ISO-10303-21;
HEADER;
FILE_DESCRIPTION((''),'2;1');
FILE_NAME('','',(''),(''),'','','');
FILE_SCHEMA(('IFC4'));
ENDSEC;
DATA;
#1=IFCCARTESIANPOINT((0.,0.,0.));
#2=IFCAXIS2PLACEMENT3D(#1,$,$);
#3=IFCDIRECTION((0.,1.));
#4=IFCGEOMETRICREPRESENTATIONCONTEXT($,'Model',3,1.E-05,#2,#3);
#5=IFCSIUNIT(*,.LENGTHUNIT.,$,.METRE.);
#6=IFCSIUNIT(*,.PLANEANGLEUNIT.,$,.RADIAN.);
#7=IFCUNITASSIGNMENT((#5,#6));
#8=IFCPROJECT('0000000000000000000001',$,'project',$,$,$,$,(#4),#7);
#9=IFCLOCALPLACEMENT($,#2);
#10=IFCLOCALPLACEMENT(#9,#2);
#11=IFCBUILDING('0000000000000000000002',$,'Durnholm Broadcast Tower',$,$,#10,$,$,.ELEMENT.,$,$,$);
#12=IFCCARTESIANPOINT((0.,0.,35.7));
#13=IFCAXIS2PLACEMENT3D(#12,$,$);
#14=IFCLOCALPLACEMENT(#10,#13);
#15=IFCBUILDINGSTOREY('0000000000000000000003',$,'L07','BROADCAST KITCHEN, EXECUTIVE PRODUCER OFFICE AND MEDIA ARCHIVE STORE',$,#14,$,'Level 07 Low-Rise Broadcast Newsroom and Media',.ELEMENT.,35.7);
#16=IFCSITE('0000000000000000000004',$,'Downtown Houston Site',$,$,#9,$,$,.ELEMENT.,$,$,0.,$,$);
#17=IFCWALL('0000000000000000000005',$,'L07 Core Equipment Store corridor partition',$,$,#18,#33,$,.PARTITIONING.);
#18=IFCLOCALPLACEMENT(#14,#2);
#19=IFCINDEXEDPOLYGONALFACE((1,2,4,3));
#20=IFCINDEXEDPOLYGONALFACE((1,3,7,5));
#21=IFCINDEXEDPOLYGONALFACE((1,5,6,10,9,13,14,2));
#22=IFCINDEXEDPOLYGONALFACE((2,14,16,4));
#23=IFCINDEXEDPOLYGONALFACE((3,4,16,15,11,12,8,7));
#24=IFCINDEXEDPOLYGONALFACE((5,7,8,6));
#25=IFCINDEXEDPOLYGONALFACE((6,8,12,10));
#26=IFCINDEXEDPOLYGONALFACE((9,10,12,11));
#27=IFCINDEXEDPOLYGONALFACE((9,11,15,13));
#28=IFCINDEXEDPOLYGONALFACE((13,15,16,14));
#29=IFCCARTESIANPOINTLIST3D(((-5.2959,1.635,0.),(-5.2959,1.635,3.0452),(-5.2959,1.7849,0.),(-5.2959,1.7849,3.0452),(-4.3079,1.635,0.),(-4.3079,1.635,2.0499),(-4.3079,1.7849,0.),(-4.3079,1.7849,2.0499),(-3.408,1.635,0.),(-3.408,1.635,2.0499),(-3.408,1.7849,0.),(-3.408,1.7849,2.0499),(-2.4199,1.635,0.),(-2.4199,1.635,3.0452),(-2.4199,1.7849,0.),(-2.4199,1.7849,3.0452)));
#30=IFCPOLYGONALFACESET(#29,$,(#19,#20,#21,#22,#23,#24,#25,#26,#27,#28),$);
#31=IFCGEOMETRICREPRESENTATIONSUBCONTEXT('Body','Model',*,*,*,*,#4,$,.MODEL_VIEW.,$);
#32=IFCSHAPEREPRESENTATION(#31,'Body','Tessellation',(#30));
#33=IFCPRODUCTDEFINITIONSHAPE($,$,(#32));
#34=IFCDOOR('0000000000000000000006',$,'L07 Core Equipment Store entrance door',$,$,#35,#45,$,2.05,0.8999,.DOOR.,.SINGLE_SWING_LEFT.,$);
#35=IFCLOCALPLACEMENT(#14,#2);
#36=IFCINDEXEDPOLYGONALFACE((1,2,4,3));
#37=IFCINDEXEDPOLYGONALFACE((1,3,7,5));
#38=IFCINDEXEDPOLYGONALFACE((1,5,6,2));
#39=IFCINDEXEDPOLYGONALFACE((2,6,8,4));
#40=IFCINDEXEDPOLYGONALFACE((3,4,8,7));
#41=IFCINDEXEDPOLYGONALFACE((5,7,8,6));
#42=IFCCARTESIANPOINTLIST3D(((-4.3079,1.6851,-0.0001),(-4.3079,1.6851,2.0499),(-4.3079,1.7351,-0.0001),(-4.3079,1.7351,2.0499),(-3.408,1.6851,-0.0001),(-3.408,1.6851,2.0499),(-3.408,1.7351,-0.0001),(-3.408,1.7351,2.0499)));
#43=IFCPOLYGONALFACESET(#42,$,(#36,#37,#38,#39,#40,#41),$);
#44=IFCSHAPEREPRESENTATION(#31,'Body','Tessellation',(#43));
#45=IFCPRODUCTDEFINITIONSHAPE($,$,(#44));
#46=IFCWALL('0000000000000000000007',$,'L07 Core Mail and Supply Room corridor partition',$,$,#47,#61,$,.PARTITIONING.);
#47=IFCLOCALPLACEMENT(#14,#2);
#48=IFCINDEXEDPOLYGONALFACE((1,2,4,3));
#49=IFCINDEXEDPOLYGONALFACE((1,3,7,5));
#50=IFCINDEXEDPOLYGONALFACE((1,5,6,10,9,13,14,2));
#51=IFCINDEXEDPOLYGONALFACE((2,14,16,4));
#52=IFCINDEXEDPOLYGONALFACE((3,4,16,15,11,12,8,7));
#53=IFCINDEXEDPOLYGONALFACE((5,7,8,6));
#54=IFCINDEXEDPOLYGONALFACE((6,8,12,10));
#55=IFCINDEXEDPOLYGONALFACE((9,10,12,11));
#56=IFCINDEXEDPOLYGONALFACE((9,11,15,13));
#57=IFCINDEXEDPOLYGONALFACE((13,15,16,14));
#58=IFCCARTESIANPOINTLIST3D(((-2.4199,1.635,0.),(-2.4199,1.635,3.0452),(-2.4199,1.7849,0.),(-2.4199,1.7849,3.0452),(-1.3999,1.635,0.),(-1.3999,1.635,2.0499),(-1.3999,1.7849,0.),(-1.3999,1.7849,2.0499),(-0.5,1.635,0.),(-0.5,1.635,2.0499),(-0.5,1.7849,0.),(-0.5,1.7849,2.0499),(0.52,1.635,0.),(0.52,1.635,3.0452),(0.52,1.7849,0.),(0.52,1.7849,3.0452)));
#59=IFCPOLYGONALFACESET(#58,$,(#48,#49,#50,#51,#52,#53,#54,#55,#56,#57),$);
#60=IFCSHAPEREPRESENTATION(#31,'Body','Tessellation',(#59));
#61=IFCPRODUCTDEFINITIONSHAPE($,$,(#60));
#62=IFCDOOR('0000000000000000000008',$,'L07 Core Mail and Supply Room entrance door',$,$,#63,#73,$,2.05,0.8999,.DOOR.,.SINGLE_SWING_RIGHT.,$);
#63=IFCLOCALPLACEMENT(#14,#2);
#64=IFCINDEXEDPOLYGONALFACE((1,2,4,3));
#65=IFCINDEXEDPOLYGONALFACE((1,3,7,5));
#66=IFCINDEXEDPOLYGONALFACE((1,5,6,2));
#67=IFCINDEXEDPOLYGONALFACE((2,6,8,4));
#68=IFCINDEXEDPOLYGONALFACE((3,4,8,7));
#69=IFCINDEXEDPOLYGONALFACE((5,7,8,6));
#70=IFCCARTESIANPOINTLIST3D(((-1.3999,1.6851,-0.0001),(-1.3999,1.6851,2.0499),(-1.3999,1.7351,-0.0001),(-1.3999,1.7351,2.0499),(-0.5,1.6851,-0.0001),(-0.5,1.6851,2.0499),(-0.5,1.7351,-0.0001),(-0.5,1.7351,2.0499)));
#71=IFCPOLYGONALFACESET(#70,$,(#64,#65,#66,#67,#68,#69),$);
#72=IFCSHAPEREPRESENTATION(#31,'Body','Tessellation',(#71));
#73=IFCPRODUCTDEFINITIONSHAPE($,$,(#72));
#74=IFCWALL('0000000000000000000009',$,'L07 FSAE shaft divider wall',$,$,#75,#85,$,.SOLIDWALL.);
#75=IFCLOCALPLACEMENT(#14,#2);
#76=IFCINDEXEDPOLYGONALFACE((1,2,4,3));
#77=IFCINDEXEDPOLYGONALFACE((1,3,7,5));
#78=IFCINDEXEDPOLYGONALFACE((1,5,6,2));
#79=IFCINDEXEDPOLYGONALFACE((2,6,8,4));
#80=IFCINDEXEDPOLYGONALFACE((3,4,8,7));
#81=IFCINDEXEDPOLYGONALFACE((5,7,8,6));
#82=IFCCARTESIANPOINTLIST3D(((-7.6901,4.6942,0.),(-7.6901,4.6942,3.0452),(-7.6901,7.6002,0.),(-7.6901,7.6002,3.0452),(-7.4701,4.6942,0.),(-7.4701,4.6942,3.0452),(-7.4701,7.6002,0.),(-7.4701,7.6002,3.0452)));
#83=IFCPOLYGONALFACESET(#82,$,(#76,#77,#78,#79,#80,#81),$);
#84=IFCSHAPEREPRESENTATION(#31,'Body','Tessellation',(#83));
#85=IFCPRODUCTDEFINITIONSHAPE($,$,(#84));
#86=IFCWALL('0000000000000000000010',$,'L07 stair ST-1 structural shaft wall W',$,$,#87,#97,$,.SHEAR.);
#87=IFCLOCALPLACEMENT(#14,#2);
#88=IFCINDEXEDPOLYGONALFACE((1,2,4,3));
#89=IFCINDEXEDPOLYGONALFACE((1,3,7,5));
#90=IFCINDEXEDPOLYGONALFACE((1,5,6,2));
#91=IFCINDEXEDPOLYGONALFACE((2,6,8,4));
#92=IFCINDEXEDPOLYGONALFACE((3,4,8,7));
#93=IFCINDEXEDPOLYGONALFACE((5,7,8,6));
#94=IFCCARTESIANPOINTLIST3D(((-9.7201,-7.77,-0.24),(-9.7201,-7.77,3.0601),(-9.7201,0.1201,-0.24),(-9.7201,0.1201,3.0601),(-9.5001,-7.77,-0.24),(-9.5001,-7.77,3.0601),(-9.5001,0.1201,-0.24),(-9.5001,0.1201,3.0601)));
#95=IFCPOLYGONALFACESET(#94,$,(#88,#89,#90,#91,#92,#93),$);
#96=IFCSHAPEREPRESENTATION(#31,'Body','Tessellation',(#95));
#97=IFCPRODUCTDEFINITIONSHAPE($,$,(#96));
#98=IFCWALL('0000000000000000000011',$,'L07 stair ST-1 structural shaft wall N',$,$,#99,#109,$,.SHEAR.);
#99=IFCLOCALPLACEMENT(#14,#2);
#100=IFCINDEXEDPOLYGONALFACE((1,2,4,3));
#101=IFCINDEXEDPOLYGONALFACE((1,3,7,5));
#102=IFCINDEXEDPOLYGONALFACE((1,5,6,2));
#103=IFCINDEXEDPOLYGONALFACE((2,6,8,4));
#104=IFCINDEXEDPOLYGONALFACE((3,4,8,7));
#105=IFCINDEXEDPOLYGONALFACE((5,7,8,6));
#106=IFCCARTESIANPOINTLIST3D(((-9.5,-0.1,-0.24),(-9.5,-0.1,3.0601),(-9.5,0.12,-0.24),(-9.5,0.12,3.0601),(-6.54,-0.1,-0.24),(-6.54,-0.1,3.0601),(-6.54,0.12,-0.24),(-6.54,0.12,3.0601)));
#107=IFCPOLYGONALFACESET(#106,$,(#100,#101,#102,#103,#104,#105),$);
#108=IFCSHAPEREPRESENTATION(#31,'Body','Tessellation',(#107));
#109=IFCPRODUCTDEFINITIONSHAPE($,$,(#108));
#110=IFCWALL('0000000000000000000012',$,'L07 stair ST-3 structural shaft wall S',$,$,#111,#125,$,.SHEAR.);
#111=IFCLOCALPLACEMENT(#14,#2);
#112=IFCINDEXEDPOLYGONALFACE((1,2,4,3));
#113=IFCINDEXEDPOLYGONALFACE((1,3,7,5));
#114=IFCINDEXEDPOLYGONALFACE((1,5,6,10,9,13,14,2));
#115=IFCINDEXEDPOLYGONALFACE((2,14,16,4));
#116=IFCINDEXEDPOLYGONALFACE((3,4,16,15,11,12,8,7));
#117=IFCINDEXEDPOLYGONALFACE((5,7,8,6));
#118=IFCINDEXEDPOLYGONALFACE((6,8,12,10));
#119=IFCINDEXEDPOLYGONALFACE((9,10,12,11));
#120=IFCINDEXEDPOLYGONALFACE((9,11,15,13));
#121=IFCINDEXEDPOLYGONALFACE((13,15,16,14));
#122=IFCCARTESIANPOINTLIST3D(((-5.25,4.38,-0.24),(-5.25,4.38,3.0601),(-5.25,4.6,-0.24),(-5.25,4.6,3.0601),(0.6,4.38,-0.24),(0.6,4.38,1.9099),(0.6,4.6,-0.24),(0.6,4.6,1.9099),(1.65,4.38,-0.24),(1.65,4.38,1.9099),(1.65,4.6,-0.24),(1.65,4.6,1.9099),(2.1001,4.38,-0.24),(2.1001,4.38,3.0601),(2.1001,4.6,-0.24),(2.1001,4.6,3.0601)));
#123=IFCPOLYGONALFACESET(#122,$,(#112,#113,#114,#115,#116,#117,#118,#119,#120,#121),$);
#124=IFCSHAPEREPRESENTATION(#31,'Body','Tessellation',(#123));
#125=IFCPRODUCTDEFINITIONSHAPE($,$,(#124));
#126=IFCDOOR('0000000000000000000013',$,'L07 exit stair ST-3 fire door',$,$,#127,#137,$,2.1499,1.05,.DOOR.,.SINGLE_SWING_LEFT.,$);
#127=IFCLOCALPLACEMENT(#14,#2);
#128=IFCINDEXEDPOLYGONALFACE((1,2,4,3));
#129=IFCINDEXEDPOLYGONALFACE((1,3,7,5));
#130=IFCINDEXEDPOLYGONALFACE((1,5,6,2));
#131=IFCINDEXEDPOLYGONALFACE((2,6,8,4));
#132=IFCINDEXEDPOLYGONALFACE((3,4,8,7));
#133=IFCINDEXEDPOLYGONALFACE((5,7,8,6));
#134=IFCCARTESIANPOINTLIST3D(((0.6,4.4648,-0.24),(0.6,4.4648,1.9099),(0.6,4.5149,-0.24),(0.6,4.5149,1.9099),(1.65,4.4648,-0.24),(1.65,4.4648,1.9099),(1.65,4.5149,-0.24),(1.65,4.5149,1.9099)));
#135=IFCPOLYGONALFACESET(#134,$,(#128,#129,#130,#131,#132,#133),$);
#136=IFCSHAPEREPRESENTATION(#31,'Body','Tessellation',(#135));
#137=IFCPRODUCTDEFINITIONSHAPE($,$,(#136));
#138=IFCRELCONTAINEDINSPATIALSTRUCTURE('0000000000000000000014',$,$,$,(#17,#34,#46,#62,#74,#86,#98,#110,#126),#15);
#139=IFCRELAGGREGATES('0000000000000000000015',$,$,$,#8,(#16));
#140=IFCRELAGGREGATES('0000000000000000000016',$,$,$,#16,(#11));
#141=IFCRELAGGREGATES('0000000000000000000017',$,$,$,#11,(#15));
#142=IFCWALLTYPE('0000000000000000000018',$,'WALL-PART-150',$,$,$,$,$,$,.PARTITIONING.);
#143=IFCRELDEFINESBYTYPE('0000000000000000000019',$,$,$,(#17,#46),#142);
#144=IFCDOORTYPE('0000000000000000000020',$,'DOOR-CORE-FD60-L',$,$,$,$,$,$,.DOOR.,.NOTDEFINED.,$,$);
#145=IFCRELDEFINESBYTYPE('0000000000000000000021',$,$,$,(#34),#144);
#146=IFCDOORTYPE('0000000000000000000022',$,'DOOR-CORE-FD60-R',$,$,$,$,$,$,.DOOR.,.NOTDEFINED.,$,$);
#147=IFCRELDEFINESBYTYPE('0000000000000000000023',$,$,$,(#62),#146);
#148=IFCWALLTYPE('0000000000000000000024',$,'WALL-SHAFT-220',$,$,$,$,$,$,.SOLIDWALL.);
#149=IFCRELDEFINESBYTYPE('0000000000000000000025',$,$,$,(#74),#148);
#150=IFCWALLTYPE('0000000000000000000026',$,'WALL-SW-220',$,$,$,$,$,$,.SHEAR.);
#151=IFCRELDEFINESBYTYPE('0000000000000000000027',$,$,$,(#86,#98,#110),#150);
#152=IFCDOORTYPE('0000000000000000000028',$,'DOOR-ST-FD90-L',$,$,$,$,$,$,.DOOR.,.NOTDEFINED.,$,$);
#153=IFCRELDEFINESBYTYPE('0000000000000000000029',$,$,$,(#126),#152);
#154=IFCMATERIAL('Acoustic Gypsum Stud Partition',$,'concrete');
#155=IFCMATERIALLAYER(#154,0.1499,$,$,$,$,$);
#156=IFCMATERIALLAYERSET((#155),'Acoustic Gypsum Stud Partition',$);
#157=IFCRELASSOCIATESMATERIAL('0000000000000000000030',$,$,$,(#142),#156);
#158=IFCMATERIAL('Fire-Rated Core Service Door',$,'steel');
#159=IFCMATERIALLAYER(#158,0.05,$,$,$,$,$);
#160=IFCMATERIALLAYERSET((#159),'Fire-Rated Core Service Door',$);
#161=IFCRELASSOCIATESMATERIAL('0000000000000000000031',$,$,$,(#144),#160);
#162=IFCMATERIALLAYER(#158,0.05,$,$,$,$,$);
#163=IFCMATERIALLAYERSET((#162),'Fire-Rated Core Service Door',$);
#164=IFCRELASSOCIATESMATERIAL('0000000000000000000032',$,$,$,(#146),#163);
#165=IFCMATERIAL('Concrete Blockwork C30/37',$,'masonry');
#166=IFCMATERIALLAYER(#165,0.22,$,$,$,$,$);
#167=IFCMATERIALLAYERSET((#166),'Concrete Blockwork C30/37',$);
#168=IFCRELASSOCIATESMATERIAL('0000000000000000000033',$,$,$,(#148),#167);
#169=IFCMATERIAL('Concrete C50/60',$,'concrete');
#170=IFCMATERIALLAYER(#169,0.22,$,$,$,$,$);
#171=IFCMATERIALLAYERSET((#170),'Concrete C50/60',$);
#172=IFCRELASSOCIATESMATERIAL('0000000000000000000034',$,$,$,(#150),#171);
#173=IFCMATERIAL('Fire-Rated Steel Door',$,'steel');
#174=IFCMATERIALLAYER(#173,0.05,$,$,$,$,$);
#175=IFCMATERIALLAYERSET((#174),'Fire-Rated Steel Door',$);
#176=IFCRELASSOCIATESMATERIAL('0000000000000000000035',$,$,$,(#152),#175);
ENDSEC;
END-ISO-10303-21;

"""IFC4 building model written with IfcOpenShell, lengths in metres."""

from ifc_helpers import new_model, si_unit, direction, frame, frame_2d, origin, place, context, subcontext, project, spatial, rectangle, extrude, source, transform, mapped, material, layer, layer_set, type_object, type_shapes, element, fill, save


model = new_model("IFC4")

# Units and contexts
model_context = context("Model", 3, precision=1e-05, world=origin(), true_north=direction((0.0, 1.0)))
body_context = subcontext(model_context, "Body", "Model", "MODEL_VIEW")
ifc_project = project(units=[si_unit("LENGTHUNIT", "METRE"), si_unit("PLANEANGLEUNIT", "RADIAN")], contexts=[model_context])

# Site, building, storey
site_placement = place(None, origin())
site = spatial("IfcSite", under=ifc_project, at=site_placement, Name="Downtown Houston Site", CompositionType="ELEMENT", RefElevation=0.0)
building_placement = place(site_placement, origin())
building = spatial("IfcBuilding", under=site, at=building_placement, Name="Durnholm Broadcast Tower", CompositionType="ELEMENT")
storey_placement = place(building_placement, frame((0.0, 0.0, 35.7)))
storey = spatial("IfcBuildingStorey", under=building, at=storey_placement, Name="L07", Description="BROADCAST KITCHEN, EXECUTIVE PRODUCER OFFICE AND MEDIA ARCHIVE STORE", LongName="Level 07 Low-Rise Broadcast Newsroom and Media", CompositionType="ELEMENT", Elevation=35.7)

# Shared definitions
ifc_material_1 = material(Name="Concrete C50/60", Category="concrete")

# Walls, openings, doors
ifc_material_2 = material(Name="Acoustic Gypsum Stud Partition", Category="concrete")
ifc_layer_1 = layer(ifc_material_2, 0.1499)
ifc_layer_set_1 = layer_set([ifc_layer_1], Name="Acoustic Gypsum Stud Partition")
wall_type_1 = type_object("IfcWallType", Name="WALL-PART-150", PredefinedType="PARTITIONING", material=ifc_layer_set_1)
wall_1_placement = place(storey_placement, frame((-2.4199, 1.71, 0.0), z_axis=(0.0, 0.0, 1.0), x_axis=(-1.0, 0.0, 0.0)))
wall_1 = element("IfcWall", 1, at=wall_1_placement, inside=storey, type_object=wall_type_1, Name="L07 Core Equipment Store corridor partition", PredefinedType="PARTITIONING", context=body_context, shape_type="SweptSolid", body=[
    extrude(rectangle(XDim=2.876, YDim=0.1499, at=frame_2d((1.438, 0.0))), origin(), (0.0, 0.0, 1.0), 3.0452),
])
opening_1_placement = place(wall_1_placement, frame((0.988, 0.0, 0.0)))
opening_1 = element("IfcOpeningElement", 2, at=opening_1_placement, cuts=wall_1, PredefinedType="OPENING", context=body_context, shape_type="SweptSolid", body=[
    extrude(rectangle(XDim=0.8999, YDim=2.05, at=frame_2d((0.45, 1.0249))), frame((0.0, 0.085, 0.0), z_axis=(0.0, -1.0, 0.0), x_axis=(1.0, 0.0, 0.0)), (0.0, 0.0, 1.0), 0.1699),
])
ifc_material_3 = material(Name="Fire-Rated Core Service Door", Category="steel")
ifc_layer_2 = layer(ifc_material_3, 0.05)
ifc_layer_set_2 = layer_set([ifc_layer_2], Name="Fire-Rated Core Service Door")
door_type_1 = type_object("IfcDoorType", Name="DOOR-CORE-FD60-L", OperationType="NOTDEFINED", PredefinedType="DOOR", material=ifc_layer_set_2)
shared_shape_1 = source(origin(), body_context, "Body", "SweptSolid", [
    extrude(rectangle(XDim=0.8999, YDim=2.05, at=frame_2d((0.45, 1.0249))), frame((0.0, 0.0249, 0.0), z_axis=(0.0, -1.0, 0.0), x_axis=(1.0, 0.0, 0.0)), (0.0, 0.0, 1.0), 0.05),
])
type_shapes(door_type_1, [shared_shape_1])
door_1_placement = place(opening_1_placement, origin())
door_1 = element("IfcDoor", 3, at=door_1_placement, inside=storey, type_object=door_type_1, Name="L07 Core Equipment Store entrance door", OperationType="SINGLE_SWING_LEFT", OverallHeight=2.05, OverallWidth=0.8999, PredefinedType="DOOR", context=body_context, shape_type="MappedRepresentation", body=[
    mapped(shared_shape_1, transform((0.0, 0.0, 0.0), x_axis=(1.0, 0.0, 0.0), y_axis=(0.0, 1.0, 0.0), z_axis=(0.0, 0.0, 1.0), scale=1.0)),
])
fill(opening_1, door_1)
wall_2_placement = place(storey_placement, frame((0.52, 1.71, 0.0), z_axis=(0.0, 0.0, 1.0), x_axis=(-1.0, 0.0, 0.0)))
wall_2 = element("IfcWall", 4, at=wall_2_placement, inside=storey, type_object=wall_type_1, Name="L07 Core Mail and Supply Room corridor partition", PredefinedType="PARTITIONING", context=body_context, shape_type="SweptSolid", body=[
    extrude(rectangle(XDim=2.9399, YDim=0.1499, at=frame_2d((1.47, 0.0))), origin(), (0.0, 0.0, 1.0), 3.0452),
])
opening_2_placement = place(wall_2_placement, frame((1.02, 0.0, 0.0)))
opening_2 = element("IfcOpeningElement", 5, at=opening_2_placement, cuts=wall_2, PredefinedType="OPENING", context=body_context, shape_type="SweptSolid", body=[
    extrude(rectangle(XDim=0.8999, YDim=2.05, at=frame_2d((0.45, 1.0249))), frame((0.0, 0.085, 0.0), z_axis=(0.0, -1.0, 0.0), x_axis=(1.0, 0.0, 0.0)), (0.0, 0.0, 1.0), 0.1699),
])
ifc_layer_3 = layer(ifc_material_3, 0.05)
ifc_layer_set_3 = layer_set([ifc_layer_3], Name="Fire-Rated Core Service Door")
door_type_2 = type_object("IfcDoorType", Name="DOOR-CORE-FD60-R", OperationType="NOTDEFINED", PredefinedType="DOOR", material=ifc_layer_set_3)
shared_shape_2 = source(origin(), body_context, "Body", "SweptSolid", [
    extrude(rectangle(XDim=0.8999, YDim=2.05, at=frame_2d((0.45, 1.0249))), frame((0.0, 0.0249, 0.0), z_axis=(0.0, -1.0, 0.0), x_axis=(1.0, 0.0, 0.0)), (0.0, 0.0, 1.0), 0.05),
])
type_shapes(door_type_2, [shared_shape_2])
door_2_placement = place(opening_2_placement, origin())
door_2 = element("IfcDoor", 6, at=door_2_placement, inside=storey, type_object=door_type_2, Name="L07 Core Mail and Supply Room entrance door", OperationType="SINGLE_SWING_RIGHT", OverallHeight=2.05, OverallWidth=0.8999, PredefinedType="DOOR", context=body_context, shape_type="MappedRepresentation", body=[
    mapped(shared_shape_2, transform((0.0, 0.0, 0.0), x_axis=(1.0, 0.0, 0.0), y_axis=(0.0, 1.0, 0.0), z_axis=(0.0, 0.0, 1.0), scale=1.0)),
])
fill(opening_2, door_2)

# Shared definitions
ifc_material_4 = material(Name="Concrete Blockwork C30/37", Category="masonry")
ifc_layer_4 = layer(ifc_material_4, 0.22)
ifc_layer_set_4 = layer_set([ifc_layer_4], Name="Concrete Blockwork C30/37")
wall_type_2 = type_object("IfcWallType", Name="WALL-SHAFT-220", PredefinedType="SOLIDWALL", material=ifc_layer_set_4)

# Walls
wall_3_placement = place(storey_placement, frame((-7.5801, 4.6941, 0.0), z_axis=(0.0, 0.0, 1.0), x_axis=(0.0, 1.0, 0.0)))
element("IfcWall", 7, at=wall_3_placement, inside=storey, type_object=wall_type_2, Name="L07 FSAE shaft divider wall", PredefinedType="SOLIDWALL", context=body_context, shape_type="SweptSolid", body=[
    extrude(rectangle(XDim=2.906, YDim=0.22, at=frame_2d((1.4531, 0.0))), origin(), (0.0, 0.0, 1.0), 3.0452),
])
ifc_layer_5 = layer(ifc_material_1, 0.22)
ifc_layer_set_5 = layer_set([ifc_layer_5], Name="Concrete C50/60")
wall_type_3 = type_object("IfcWallType", Name="WALL-SW-220", PredefinedType="SHEAR", material=ifc_layer_set_5)
wall_4_placement = place(storey_placement, frame((-9.6101, 0.1201, -0.24), z_axis=(0.0, 0.0, 1.0), x_axis=(0.0, -1.0, 0.0)))
element("IfcWall", 8, at=wall_4_placement, inside=storey, type_object=wall_type_3, Name="L07 stair ST-1 structural shaft wall W", PredefinedType="SHEAR", context=body_context, shape_type="SweptSolid", body=[
    extrude(rectangle(XDim=7.8901, YDim=0.22, at=frame_2d((3.9451, 0.0))), origin(), (0.0, 0.0, 1.0), 3.3),
])
wall_5_placement = place(storey_placement, frame((-6.54, 0.01, -0.24), z_axis=(0.0, 0.0, 1.0), x_axis=(-1.0, 0.0, 0.0)))
element("IfcWall", 9, at=wall_5_placement, inside=storey, type_object=wall_type_3, Name="L07 stair ST-1 structural shaft wall N", PredefinedType="SHEAR", context=body_context, shape_type="SweptSolid", body=[
    extrude(rectangle(XDim=2.96, YDim=0.22, at=frame_2d((1.48, 0.0))), origin(), (0.0, 0.0, 1.0), 3.3),
])

# Wall, opening, door
wall_6_placement = place(storey_placement, frame((-5.25, 4.49, -0.24), z_axis=(0.0, 0.0, 1.0), x_axis=(1.0, 0.0, 0.0)))
wall_6 = element("IfcWall", 10, at=wall_6_placement, inside=storey, type_object=wall_type_3, Name="L07 stair ST-3 structural shaft wall S", PredefinedType="SHEAR", context=body_context, shape_type="SweptSolid", body=[
    extrude(rectangle(XDim=7.3501, YDim=0.22, at=frame_2d((3.675, 0.0))), origin(), (0.0, 0.0, 1.0), 3.3),
])
opening_3_placement = place(wall_6_placement, frame((5.8501, 0.0, 0.0)))
opening_3 = element("IfcOpeningElement", 11, at=opening_3_placement, cuts=wall_6, PredefinedType="OPENING", context=body_context, shape_type="SweptSolid", body=[
    extrude(rectangle(XDim=1.05, YDim=2.1499, at=frame_2d((0.5249, 1.075))), frame((0.0, 0.1201, 0.0), z_axis=(0.0, -1.0, 0.0), x_axis=(1.0, 0.0, 0.0)), (0.0, 0.0, 1.0), 0.24),
])
ifc_material_5 = material(Name="Fire-Rated Steel Door", Category="steel")
ifc_layer_6 = layer(ifc_material_5, 0.05)
ifc_layer_set_6 = layer_set([ifc_layer_6], Name="Fire-Rated Steel Door")
door_type_3 = type_object("IfcDoorType", Name="DOOR-ST-FD90-L", OperationType="NOTDEFINED", PredefinedType="DOOR", material=ifc_layer_set_6)
shared_shape_3 = source(origin(), body_context, "Body", "SweptSolid", [
    extrude(rectangle(XDim=1.05, YDim=2.1499, at=frame_2d((0.5249, 1.075))), frame((0.0, 0.0249, 0.0), z_axis=(0.0, -1.0, 0.0), x_axis=(1.0, 0.0, 0.0)), (0.0, 0.0, 1.0), 0.05),
])
type_shapes(door_type_3, [shared_shape_3])
door_3_placement = place(opening_3_placement, origin())
door_3 = element("IfcDoor", 12, at=door_3_placement, inside=storey, type_object=door_type_3, Name="L07 exit stair ST-3 fire door", OperationType="SINGLE_SWING_LEFT", OverallHeight=2.1499, OverallWidth=1.05, PredefinedType="DOOR", context=body_context, shape_type="MappedRepresentation", body=[
    mapped(shared_shape_3, transform((0.0, 0.0, 0.0), x_axis=(1.0, 0.0, 0.0), y_axis=(0.0, 1.0, 0.0), z_axis=(0.0, 0.0, 1.0), scale=1.0)),
])
fill(opening_3, door_3)

save(model, "model.ifc")
